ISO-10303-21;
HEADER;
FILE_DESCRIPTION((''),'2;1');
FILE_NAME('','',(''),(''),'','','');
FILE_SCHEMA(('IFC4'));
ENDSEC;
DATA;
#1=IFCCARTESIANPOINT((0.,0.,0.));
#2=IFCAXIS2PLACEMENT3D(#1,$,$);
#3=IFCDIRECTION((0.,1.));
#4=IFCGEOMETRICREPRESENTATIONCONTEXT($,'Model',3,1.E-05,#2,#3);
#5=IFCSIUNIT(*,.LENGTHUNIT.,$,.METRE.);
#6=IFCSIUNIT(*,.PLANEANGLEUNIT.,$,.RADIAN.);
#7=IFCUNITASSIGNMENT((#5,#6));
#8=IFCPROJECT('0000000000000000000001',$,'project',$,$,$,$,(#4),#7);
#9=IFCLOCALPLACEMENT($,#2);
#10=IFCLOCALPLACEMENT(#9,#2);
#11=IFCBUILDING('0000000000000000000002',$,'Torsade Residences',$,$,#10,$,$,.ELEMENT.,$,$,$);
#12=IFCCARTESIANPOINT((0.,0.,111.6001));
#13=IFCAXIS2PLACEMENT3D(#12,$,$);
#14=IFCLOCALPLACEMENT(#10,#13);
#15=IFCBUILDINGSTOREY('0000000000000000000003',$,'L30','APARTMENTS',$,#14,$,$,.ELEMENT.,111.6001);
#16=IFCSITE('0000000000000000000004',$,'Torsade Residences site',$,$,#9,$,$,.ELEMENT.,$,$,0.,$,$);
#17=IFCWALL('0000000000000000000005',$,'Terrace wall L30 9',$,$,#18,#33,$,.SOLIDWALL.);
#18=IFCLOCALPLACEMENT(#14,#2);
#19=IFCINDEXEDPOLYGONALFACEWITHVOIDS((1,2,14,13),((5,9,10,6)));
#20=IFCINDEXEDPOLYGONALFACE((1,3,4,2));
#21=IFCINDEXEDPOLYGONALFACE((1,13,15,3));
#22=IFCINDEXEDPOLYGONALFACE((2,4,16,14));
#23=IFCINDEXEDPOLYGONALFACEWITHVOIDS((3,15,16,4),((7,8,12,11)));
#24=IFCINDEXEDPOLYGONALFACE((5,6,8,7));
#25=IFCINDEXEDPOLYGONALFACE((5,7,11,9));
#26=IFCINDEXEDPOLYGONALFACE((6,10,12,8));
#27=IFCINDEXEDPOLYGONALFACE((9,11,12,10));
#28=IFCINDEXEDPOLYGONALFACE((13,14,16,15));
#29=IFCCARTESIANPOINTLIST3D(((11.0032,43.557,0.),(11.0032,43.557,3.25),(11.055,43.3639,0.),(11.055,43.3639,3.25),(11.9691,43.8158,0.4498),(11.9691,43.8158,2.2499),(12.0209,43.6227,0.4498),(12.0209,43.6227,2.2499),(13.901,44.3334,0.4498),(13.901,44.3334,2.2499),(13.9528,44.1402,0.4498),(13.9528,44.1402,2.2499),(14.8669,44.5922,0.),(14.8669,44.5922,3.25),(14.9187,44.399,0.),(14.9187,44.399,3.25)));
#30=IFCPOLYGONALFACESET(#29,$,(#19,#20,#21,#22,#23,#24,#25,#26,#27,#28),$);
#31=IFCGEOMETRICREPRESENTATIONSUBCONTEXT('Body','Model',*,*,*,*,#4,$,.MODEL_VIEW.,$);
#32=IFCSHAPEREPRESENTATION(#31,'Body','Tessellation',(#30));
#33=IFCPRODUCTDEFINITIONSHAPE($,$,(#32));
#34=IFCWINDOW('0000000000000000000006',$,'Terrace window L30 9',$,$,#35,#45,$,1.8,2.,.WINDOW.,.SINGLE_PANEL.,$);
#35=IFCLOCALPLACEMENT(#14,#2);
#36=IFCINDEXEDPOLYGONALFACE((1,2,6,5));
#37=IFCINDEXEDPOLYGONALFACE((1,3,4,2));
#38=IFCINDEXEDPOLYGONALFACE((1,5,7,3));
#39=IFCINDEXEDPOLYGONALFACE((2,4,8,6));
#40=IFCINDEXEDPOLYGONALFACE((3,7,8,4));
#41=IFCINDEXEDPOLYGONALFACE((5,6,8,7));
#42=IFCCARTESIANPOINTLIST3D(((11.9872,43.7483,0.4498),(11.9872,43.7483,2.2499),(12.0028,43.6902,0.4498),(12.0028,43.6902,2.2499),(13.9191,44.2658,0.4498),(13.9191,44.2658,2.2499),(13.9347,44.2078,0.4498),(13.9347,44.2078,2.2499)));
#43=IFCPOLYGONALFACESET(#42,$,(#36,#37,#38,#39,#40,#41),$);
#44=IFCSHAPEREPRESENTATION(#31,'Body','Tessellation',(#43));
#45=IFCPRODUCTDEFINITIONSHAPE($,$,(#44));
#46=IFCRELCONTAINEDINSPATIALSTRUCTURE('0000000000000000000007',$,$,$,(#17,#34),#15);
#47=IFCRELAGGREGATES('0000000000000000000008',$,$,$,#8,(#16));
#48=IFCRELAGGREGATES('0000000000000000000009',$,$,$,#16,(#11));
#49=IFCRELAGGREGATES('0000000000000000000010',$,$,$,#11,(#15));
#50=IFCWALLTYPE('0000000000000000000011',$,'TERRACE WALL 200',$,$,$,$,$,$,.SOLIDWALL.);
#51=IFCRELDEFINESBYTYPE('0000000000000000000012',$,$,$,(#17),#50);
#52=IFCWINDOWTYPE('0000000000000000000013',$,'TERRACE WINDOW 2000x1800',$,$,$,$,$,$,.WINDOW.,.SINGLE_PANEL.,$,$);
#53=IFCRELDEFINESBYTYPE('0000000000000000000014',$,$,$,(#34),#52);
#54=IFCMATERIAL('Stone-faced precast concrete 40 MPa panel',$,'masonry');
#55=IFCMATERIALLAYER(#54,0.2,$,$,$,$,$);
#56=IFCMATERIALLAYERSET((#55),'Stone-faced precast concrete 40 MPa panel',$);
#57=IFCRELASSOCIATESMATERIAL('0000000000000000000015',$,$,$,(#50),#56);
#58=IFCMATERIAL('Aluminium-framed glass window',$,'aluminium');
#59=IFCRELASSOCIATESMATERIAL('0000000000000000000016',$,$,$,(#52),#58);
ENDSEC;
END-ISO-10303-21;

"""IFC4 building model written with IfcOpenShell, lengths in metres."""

from ifc_helpers import new_model, si_unit, direction, frame, frame_2d, origin, place, context, subcontext, project, spatial, rectangle, extrude, material, layer, layer_set, type_object, element, fill, save


model = new_model("IFC4")

# Units and contexts
model_context = context("Model", 3, precision=1e-05, world=origin(), true_north=direction((0.0, 1.0)))
body_context = subcontext(model_context, "Body", "Model", "MODEL_VIEW")
ifc_project = project(units=[si_unit("LENGTHUNIT", "METRE"), si_unit("PLANEANGLEUNIT", "RADIAN")], contexts=[model_context])

# Site, building, storey
site_placement = place(None, origin())
site = spatial("IfcSite", under=ifc_project, at=site_placement, Name="Torsade Residences site", CompositionType="ELEMENT", RefElevation=0.0)
building_placement = place(site_placement, origin())
building = spatial("IfcBuilding", under=site, at=building_placement, Name="Torsade Residences", CompositionType="ELEMENT")
storey_placement = place(building_placement, frame((0.0, 0.0, 111.6001)))
storey = spatial("IfcBuildingStorey", under=building, at=storey_placement, Name="L30", Description="APARTMENTS", CompositionType="ELEMENT", Elevation=111.6001)

# Shared definitions
ifc_material_1 = material(Name="Stone-faced precast concrete 40 MPa panel", Category="masonry")
ifc_layer_1 = layer(ifc_material_1, 0.2)
ifc_layer_set_1 = layer_set([ifc_layer_1], Name="Stone-faced precast concrete 40 MPa panel")
wall_type_1 = type_object("IfcWallType", Name="TERRACE WALL 200", PredefinedType="SOLIDWALL", material=ifc_layer_set_1)

# Wall, opening, window
wall_1_placement = place(storey_placement, frame((14.8928, 44.4956, 0.0), z_axis=(0.0, 0.0, 1.0), x_axis=(-0.965934, -0.258787, 0.0)))
wall_1 = element("IfcWall", 1, at=wall_1_placement, inside=storey, type_object=wall_type_1, Name="Terrace wall L30 9", PredefinedType="SOLIDWALL", context=body_context, shape_type="SweptSolid", body=[
    extrude(rectangle(XDim=4.0, YDim=0.2, at=frame_2d((2.0, 0.0))), origin(), (0.0, 0.0, 1.0), 3.25),
])
opening_1_placement = place(wall_1_placement, frame((1.0, 0.0, 0.45)))
opening_1 = element("IfcOpeningElement", 2, at=opening_1_placement, cuts=wall_1, PredefinedType="OPENING", context=body_context, shape_type="SweptSolid", body=[
    extrude(rectangle(XDim=2.0, YDim=1.8, at=frame_2d((1.0, 0.8999))), frame((0.0, 0.1099, 0.0), z_axis=(0.0, -1.0, 0.0), x_axis=(1.0, 0.0, 0.0)), (0.0, 0.0, 1.0), 0.22),
])
ifc_material_2 = material(Name="Aluminium-framed glass window", Category="aluminium")
window_type = type_object("IfcWindowType", Name="TERRACE WINDOW 2000x1800", PartitioningType="SINGLE_PANEL", PredefinedType="WINDOW", material=ifc_material_2)
window_placement = place(opening_1_placement, origin())
window = element("IfcWindow", 3, at=window_placement, inside=storey, type_object=window_type, Name="Terrace window L30 9", OverallHeight=1.8, OverallWidth=2.0, PartitioningType="SINGLE_PANEL", PredefinedType="WINDOW", context=body_context, shape_type="SweptSolid", body=[
    extrude(rectangle(XDim=2.0, YDim=1.8, at=frame_2d((1.0, 0.8999))), frame((0.0, 0.03, 0.0), z_axis=(0.0, -1.0, 0.0), x_axis=(1.0, 0.0, 0.0)), (0.0, 0.0, 1.0), 0.0601),
])
fill(opening_1, window)

save(model, "model.ifc")
